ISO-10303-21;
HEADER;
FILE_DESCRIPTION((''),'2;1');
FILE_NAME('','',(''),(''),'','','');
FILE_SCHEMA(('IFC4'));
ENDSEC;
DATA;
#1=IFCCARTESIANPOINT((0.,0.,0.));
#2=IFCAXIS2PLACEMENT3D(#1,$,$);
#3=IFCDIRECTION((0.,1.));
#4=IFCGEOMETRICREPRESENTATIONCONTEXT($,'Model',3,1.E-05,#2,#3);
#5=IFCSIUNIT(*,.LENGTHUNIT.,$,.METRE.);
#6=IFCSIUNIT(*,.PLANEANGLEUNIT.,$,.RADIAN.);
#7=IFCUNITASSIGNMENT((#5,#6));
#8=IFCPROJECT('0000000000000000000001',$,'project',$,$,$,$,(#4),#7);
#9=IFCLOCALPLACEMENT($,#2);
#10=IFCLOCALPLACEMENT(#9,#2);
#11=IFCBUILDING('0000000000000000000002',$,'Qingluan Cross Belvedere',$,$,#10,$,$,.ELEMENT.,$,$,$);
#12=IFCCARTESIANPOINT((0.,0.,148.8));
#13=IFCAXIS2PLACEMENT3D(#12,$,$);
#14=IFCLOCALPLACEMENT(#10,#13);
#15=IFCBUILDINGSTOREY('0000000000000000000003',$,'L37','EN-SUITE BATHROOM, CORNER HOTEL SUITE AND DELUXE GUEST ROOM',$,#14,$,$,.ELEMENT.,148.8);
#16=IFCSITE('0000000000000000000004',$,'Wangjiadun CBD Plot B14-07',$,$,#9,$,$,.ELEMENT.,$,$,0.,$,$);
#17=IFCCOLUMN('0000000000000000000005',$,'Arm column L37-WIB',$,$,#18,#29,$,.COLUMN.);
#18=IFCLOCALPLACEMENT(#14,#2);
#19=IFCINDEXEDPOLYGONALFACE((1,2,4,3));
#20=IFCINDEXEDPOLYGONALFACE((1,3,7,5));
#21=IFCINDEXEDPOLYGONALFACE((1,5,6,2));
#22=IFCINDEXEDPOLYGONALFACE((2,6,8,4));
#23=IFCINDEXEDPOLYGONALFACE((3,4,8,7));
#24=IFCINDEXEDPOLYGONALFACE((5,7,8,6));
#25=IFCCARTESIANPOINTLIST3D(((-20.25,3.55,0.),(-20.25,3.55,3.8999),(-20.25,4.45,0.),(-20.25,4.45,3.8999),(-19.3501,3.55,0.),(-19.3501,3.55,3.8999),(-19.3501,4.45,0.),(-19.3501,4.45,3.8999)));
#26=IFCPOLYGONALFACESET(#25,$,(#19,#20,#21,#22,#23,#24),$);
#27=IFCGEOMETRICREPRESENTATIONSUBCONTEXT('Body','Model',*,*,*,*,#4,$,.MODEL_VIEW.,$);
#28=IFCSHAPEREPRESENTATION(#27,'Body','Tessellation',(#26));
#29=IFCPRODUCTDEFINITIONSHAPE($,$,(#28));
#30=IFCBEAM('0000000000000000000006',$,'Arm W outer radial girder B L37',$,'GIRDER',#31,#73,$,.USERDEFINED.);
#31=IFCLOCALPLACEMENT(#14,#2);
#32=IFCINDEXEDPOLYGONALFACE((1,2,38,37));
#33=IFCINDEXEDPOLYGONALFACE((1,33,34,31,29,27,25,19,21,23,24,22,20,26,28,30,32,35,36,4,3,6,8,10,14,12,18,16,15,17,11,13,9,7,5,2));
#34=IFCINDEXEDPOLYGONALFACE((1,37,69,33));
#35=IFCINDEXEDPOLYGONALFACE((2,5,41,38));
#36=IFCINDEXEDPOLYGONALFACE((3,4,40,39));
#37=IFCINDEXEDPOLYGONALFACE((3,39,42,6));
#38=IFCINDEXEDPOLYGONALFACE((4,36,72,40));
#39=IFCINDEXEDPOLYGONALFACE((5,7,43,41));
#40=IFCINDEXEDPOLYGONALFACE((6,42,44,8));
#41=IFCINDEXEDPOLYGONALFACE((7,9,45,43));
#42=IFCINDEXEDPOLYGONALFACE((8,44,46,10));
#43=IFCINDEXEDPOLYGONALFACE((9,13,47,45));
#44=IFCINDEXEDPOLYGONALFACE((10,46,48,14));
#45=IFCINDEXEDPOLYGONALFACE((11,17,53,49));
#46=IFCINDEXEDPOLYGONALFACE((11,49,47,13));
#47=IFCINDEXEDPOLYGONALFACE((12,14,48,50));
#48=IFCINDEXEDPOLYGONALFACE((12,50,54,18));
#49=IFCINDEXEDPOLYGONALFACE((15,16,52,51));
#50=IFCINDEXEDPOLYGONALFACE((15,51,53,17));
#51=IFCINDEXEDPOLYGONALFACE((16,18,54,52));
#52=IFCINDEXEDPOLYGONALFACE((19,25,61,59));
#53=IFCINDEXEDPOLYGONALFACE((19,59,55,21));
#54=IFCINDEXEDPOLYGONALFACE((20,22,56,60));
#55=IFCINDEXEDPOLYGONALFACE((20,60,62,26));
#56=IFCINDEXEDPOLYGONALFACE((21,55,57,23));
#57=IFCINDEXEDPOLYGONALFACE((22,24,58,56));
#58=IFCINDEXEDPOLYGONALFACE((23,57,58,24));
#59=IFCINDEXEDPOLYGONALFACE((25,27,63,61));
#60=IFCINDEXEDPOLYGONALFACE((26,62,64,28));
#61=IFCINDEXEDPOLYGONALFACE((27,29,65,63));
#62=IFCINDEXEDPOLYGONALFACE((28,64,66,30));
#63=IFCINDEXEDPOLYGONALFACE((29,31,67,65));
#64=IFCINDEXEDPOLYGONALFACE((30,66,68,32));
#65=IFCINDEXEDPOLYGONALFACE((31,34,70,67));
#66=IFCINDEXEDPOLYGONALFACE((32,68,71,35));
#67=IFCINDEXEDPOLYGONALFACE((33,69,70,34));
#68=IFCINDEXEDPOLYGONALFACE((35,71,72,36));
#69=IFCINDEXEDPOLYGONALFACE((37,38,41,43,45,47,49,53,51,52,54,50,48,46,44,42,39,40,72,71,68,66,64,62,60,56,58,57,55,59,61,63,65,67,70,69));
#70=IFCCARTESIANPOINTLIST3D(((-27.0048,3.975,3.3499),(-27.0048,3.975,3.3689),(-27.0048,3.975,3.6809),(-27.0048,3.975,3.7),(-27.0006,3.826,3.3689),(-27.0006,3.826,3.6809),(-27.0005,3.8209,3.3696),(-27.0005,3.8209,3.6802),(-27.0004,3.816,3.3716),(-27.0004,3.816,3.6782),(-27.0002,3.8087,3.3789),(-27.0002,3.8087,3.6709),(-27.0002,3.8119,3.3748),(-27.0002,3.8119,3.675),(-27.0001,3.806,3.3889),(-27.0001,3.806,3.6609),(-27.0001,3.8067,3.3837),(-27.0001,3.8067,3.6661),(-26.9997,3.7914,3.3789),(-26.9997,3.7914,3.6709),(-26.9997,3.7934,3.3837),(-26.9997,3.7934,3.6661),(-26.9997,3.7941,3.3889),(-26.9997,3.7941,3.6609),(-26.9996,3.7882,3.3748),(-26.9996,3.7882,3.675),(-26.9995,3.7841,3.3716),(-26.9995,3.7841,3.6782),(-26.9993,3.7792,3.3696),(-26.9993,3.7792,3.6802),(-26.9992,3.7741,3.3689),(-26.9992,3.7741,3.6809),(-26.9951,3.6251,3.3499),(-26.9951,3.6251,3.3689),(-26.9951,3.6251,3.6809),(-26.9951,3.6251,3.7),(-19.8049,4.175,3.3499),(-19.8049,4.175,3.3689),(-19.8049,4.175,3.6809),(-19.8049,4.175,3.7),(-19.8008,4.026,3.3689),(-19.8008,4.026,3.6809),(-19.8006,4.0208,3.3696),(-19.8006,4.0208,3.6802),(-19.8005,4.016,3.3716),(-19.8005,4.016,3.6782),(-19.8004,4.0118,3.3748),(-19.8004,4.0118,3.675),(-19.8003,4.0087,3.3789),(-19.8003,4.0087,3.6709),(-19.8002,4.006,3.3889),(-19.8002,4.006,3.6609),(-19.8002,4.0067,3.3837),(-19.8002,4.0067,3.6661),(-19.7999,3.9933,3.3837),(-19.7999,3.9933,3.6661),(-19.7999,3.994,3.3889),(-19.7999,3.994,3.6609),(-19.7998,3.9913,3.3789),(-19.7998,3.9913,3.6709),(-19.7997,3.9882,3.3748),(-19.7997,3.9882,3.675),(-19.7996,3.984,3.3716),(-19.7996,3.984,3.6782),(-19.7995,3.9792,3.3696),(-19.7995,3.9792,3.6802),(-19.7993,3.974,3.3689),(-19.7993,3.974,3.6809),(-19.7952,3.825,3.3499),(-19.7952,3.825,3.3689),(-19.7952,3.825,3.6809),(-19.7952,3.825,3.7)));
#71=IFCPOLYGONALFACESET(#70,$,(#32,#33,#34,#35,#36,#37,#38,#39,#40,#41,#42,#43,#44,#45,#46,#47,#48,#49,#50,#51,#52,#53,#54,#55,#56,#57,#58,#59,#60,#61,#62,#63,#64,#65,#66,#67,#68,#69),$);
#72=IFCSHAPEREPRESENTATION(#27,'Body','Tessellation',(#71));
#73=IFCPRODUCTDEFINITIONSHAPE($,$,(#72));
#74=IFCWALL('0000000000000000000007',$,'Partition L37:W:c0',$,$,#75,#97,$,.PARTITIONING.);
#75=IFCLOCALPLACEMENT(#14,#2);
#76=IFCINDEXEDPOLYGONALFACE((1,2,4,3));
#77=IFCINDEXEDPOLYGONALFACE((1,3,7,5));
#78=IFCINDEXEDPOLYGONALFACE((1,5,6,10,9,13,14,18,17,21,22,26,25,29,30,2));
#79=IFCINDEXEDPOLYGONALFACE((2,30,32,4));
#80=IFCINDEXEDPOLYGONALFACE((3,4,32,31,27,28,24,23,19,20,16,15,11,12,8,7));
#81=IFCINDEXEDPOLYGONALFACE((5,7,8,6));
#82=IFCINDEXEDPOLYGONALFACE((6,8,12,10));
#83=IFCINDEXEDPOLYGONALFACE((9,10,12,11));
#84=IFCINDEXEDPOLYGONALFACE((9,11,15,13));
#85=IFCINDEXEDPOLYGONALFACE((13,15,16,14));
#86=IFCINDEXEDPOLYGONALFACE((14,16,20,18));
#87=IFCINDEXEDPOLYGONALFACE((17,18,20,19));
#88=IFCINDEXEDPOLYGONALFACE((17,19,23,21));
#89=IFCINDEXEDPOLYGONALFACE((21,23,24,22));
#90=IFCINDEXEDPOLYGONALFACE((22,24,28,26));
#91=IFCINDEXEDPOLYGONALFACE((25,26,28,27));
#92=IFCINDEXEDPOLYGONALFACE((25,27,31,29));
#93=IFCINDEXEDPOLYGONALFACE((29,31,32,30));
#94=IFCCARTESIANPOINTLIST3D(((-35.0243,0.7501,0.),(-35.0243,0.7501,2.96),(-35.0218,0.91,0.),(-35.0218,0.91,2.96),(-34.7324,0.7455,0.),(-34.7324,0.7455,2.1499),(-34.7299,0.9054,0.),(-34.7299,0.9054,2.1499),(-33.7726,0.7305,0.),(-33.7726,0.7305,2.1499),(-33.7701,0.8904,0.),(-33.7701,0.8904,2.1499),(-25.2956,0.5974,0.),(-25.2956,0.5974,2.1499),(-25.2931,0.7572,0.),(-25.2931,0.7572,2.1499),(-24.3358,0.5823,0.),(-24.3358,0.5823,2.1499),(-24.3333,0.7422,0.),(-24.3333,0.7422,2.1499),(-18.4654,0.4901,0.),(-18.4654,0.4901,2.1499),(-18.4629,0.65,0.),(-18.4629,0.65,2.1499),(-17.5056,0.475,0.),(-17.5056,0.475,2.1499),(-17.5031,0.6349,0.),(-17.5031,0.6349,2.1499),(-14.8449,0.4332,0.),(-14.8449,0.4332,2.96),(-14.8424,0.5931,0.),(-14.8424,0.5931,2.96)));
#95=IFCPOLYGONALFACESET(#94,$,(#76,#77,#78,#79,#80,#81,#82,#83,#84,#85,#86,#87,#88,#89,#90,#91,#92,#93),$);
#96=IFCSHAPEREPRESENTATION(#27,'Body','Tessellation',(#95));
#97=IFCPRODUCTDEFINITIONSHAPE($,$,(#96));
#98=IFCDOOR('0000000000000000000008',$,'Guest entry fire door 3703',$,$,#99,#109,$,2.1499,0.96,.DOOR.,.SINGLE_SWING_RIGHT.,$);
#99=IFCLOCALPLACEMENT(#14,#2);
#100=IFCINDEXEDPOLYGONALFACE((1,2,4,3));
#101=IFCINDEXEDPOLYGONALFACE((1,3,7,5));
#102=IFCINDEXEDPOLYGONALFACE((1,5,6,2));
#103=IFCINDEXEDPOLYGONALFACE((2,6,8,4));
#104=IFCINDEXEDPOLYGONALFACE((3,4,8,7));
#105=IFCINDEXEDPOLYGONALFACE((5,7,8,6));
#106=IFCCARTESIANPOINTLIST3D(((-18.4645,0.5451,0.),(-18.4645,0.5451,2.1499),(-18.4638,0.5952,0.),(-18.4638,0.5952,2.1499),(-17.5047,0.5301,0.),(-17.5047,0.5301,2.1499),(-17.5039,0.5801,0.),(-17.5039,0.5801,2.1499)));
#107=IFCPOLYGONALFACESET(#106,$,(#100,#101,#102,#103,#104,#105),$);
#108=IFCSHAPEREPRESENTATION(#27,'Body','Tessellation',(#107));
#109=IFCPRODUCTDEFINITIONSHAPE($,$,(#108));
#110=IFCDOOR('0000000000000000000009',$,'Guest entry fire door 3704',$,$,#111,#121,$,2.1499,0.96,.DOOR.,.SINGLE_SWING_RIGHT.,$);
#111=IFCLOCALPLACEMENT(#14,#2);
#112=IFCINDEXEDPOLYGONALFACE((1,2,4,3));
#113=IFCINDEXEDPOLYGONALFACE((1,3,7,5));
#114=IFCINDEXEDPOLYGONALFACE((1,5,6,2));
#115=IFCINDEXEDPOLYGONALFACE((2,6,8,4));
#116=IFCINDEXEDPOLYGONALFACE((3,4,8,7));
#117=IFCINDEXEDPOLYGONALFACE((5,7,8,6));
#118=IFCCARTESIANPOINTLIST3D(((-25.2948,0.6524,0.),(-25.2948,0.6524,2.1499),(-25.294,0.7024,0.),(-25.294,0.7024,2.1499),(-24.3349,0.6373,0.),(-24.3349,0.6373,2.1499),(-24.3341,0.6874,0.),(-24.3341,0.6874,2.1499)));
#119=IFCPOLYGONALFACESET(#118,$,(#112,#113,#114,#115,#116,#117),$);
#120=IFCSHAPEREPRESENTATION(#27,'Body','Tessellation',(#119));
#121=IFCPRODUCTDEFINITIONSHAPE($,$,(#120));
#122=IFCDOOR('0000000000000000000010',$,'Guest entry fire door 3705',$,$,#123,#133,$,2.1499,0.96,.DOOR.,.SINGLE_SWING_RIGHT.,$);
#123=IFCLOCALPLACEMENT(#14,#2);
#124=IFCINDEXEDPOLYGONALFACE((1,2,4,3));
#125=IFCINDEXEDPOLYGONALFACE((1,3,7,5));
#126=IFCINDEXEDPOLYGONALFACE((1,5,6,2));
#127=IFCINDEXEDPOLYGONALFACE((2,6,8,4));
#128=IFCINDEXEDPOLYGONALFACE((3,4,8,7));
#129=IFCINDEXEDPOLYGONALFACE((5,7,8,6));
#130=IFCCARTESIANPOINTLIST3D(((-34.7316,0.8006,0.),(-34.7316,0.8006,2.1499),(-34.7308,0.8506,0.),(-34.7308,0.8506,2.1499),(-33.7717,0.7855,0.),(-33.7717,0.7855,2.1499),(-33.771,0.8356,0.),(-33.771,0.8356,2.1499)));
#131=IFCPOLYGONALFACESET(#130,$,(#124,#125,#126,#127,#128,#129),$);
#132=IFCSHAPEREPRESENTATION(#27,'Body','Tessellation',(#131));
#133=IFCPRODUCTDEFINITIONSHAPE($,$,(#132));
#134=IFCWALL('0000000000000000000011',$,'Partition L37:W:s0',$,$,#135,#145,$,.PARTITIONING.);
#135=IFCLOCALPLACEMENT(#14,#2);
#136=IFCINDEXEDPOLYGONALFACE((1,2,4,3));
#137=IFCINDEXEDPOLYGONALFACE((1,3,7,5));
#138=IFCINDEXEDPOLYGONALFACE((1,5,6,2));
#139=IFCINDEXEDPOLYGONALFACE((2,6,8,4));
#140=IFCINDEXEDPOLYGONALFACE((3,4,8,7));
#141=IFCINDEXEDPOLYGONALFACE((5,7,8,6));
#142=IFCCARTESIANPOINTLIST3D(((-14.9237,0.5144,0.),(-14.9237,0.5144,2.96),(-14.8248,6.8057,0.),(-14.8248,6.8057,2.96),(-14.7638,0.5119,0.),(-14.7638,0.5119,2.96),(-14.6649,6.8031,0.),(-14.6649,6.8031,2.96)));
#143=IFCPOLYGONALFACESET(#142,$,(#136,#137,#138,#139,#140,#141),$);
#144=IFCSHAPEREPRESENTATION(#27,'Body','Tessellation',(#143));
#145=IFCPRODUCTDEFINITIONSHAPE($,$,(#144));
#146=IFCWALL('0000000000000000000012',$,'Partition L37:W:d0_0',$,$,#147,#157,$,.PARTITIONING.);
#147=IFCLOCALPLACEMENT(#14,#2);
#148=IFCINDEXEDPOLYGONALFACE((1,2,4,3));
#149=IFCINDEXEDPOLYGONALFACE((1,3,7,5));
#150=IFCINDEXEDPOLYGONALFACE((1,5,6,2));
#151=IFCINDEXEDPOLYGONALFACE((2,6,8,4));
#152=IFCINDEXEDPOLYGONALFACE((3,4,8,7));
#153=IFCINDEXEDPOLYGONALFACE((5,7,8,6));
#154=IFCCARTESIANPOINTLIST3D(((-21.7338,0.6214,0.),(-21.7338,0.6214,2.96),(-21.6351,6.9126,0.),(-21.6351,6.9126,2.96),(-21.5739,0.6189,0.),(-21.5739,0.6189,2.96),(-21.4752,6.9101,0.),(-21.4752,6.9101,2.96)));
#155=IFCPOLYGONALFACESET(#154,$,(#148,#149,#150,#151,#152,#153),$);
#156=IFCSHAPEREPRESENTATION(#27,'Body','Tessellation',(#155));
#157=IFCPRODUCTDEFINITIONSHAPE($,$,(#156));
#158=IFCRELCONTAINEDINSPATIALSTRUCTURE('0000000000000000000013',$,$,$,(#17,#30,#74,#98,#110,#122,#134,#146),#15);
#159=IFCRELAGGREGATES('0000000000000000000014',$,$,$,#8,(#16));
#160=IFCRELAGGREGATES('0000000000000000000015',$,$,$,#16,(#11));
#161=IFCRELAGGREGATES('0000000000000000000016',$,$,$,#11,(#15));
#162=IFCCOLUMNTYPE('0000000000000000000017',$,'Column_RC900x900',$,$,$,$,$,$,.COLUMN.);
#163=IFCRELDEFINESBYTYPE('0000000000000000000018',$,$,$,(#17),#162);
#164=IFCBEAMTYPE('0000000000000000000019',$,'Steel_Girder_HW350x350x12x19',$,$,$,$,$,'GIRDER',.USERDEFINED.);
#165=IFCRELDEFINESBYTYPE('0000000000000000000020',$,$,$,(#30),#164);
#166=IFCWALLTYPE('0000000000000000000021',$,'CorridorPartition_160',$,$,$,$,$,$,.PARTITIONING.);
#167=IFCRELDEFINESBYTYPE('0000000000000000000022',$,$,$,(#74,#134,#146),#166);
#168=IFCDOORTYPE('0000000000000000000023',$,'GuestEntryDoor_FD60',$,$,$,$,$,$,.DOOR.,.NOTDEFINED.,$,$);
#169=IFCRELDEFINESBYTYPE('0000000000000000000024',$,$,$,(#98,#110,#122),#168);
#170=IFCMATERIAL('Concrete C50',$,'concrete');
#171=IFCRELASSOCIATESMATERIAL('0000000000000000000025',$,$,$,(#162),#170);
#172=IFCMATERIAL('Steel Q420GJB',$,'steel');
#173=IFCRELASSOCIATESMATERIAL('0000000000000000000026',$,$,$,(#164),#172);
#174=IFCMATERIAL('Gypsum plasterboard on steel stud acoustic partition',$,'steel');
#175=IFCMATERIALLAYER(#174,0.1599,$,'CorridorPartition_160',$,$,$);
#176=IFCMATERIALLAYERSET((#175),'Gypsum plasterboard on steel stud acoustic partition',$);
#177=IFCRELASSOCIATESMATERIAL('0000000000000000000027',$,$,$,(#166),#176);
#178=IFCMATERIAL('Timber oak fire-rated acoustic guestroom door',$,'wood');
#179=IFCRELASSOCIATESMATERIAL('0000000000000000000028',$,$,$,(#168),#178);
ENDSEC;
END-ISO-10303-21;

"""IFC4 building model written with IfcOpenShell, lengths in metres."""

from ifc_helpers import new_model, si_unit, direction, frame, frame_2d, origin, origin_2d, place, context, subcontext, project, spatial, rectangle, i_section, extrude, material, layer, layer_set, material_profile, profile_set, type_object, element, fill, save


model = new_model("IFC4")

# Units and contexts
model_context = context("Model", 3, precision=1e-05, world=origin(), true_north=direction((0.0, 1.0)))
body_context = subcontext(model_context, "Body", "Model", "MODEL_VIEW")
ifc_project = project(units=[si_unit("LENGTHUNIT", "METRE"), si_unit("PLANEANGLEUNIT", "RADIAN")], contexts=[model_context])

# Site, building, storey
site_placement = place(None, origin())
site = spatial("IfcSite", under=ifc_project, at=site_placement, Name="Wangjiadun CBD Plot B14-07", CompositionType="ELEMENT", RefElevation=0.0)
building_placement = place(site_placement, origin())
building = spatial("IfcBuilding", under=site, at=building_placement, Name="Qingluan Cross Belvedere", CompositionType="ELEMENT")
storey_placement = place(building_placement, frame((0.0, 0.0, 148.8)))
storey = spatial("IfcBuildingStorey", under=building, at=storey_placement, Name="L37", Description="EN-SUITE BATHROOM, CORNER HOTEL SUITE AND DELUXE GUEST ROOM", CompositionType="ELEMENT", Elevation=148.8)

# Column
ifc_material_1 = material(Name="Concrete C50", Category="concrete")
ifc_material_profile_1 = material_profile(ifc_material_1, rectangle(XDim=0.8999, YDim=0.8999, at=origin_2d()), Name="RC900x900")
ifc_profile_set_1 = profile_set([ifc_material_profile_1], Name="Concrete C50")
column_type = type_object("IfcColumnType", Name="Column_RC900x900", PredefinedType="COLUMN", material=ifc_profile_set_1)
column_placement = place(storey_placement, frame((-19.8, 4.0, 0.0), z_axis=(0.0, 0.0, 1.0), x_axis=(1.0, 0.0, 0.0)))
element("IfcColumn", 1, at=column_placement, inside=storey, type_object=column_type, Name="Arm column L37-WIB", PredefinedType="COLUMN", context=body_context, shape_type="SweptSolid", body=[
    extrude(rectangle(XDim=0.8999, YDim=0.8999, at=origin_2d()), origin(), (0.0, 0.0, 1.0), 3.8999),
])

# Beam
ifc_material_2 = material(Name="Steel Q420GJB", Category="steel")
ifc_material_profile_2 = material_profile(ifc_material_2, i_section(OverallWidth=0.3501, OverallDepth=0.3501, WebThickness=0.012, FlangeThickness=0.019, FilletRadius=0.02, at=origin_2d()), Name="HW350x350x12x19")
ifc_profile_set_2 = profile_set([ifc_material_profile_2], Name="Steel Q420GJB")
beam_type = type_object("IfcBeamType", Name="Steel_Girder_HW350x350x12x19", ElementType="GIRDER", PredefinedType="USERDEFINED", material=ifc_profile_set_2)
beam_placement = place(storey_placement, frame((-19.8, 4.0, 3.5249), z_axis=(-0.999615, -0.02776, 0.0), x_axis=(0.02776, -0.999615, 0.0)))
element("IfcBeam", 2, at=beam_placement, inside=storey, type_object=beam_type, Name="Arm W outer radial girder B L37", ObjectType="GIRDER", PredefinedType="USERDEFINED", context=body_context, shape_type="SweptSolid", body=[
    extrude(i_section(OverallWidth=0.3501, OverallDepth=0.3501, WebThickness=0.012, FlangeThickness=0.019, FilletRadius=0.02, at=origin_2d()), origin(), (0.0, 0.0, 1.0), 7.2026),
])

# Wall, openings, doors
ifc_material_3 = material(Name="Gypsum plasterboard on steel stud acoustic partition", Category="steel")
ifc_layer_1 = layer(ifc_material_3, 0.1599, Name="CorridorPartition_160")
ifc_layer_set_1 = layer_set([ifc_layer_1], Name="Gypsum plasterboard on steel stud acoustic partition")
wall_type_1 = type_object("IfcWallType", Name="CorridorPartition_160", PredefinedType="PARTITIONING", material=ifc_layer_set_1)
wall_1_placement = place(storey_placement, frame((-14.8438, 0.5132, 0.0), z_axis=(0.0, 0.0, 1.0), x_axis=(-0.999877, 0.015702, 0.0)))
wall_1 = element("IfcWall", 3, at=wall_1_placement, inside=storey, type_object=wall_type_1, Name="Partition L37:W:c0", PredefinedType="PARTITIONING", context=body_context, shape_type="SweptSolid", body=[
    extrude(rectangle(XDim=20.1819, YDim=0.1599, at=frame_2d((10.0908, 0.0))), origin(), (0.0, 0.0, 1.0), 2.96),
])
opening_1_placement = place(wall_1_placement, frame((2.6609, 0.0, 0.0)))
opening_1 = element("IfcOpeningElement", 4, at=opening_1_placement, cuts=wall_1, PredefinedType="OPENING", context=body_context, shape_type="SweptSolid", body=[
    extrude(rectangle(XDim=0.96, YDim=2.1499, at=frame_2d((0.48, 1.075))), frame((0.0, 0.0898, 0.0), z_axis=(0.0, -1.0, 0.0), x_axis=(1.0, 0.0, 0.0)), (0.0, 0.0, 1.0), 0.1799),
])
opening_2_placement = place(wall_1_placement, frame((9.4919, 0.0, 0.0)))
opening_2 = element("IfcOpeningElement", 5, at=opening_2_placement, cuts=wall_1, PredefinedType="OPENING", context=body_context, shape_type="SweptSolid", body=[
    extrude(rectangle(XDim=0.96, YDim=2.1499, at=frame_2d((0.48, 1.075))), frame((0.0, 0.0898, 0.0), z_axis=(0.0, -1.0, 0.0), x_axis=(1.0, 0.0, 0.0)), (0.0, 0.0, 1.0), 0.1799),
])
opening_3_placement = place(wall_1_placement, frame((18.9299, 0.0, 0.0)))
opening_3 = element("IfcOpeningElement", 6, at=opening_3_placement, cuts=wall_1, PredefinedType="OPENING", context=body_context, shape_type="SweptSolid", body=[
    extrude(rectangle(XDim=0.96, YDim=2.1499, at=frame_2d((0.48, 1.075))), frame((0.0, 0.0898, 0.0), z_axis=(0.0, -1.0, 0.0), x_axis=(1.0, 0.0, 0.0)), (0.0, 0.0, 1.0), 0.1799),
])
ifc_material_4 = material(Name="Timber oak fire-rated acoustic guestroom door", Category="wood")
door_type_1 = type_object("IfcDoorType", Name="GuestEntryDoor_FD60", OperationType="NOTDEFINED", PredefinedType="DOOR", material=ifc_material_4)
door_1_placement = place(opening_1_placement, origin())
door_1 = element("IfcDoor", 7, at=door_1_placement, inside=storey, type_object=door_type_1, Name="Guest entry fire door 3703", OperationType="SINGLE_SWING_RIGHT", OverallHeight=2.1499, OverallWidth=0.96, PredefinedType="DOOR", context=body_context, shape_type="SweptSolid", body=[
    extrude(rectangle(XDim=0.96, YDim=2.1499, at=frame_2d((0.48, 1.075))), frame((0.0, 0.0249, 0.0), z_axis=(0.0, -1.0, 0.0), x_axis=(1.0, 0.0, 0.0)), (0.0, 0.0, 1.0), 0.05),
])
fill(opening_1, door_1)
door_2_placement = place(opening_2_placement, origin())
door_2 = element("IfcDoor", 8, at=door_2_placement, inside=storey, type_object=door_type_1, Name="Guest entry fire door 3704", OperationType="SINGLE_SWING_RIGHT", OverallHeight=2.1499, OverallWidth=0.96, PredefinedType="DOOR", context=body_context, shape_type="SweptSolid", body=[
    extrude(rectangle(XDim=0.96, YDim=2.1499, at=frame_2d((0.48, 1.075))), frame((0.0, 0.0249, 0.0), z_axis=(0.0, -1.0, 0.0), x_axis=(1.0, 0.0, 0.0)), (0.0, 0.0, 1.0), 0.05),
])
fill(opening_2, door_2)
door_3_placement = place(opening_3_placement, origin())
door_3 = element("IfcDoor", 9, at=door_3_placement, inside=storey, type_object=door_type_1, Name="Guest entry fire door 3705", OperationType="SINGLE_SWING_RIGHT", OverallHeight=2.1499, OverallWidth=0.96, PredefinedType="DOOR", context=body_context, shape_type="SweptSolid", body=[
    extrude(rectangle(XDim=0.96, YDim=2.1499, at=frame_2d((0.48, 1.075))), frame((0.0, 0.0249, 0.0), z_axis=(0.0, -1.0, 0.0), x_axis=(1.0, 0.0, 0.0)), (0.0, 0.0, 1.0), 0.05),
])
fill(opening_3, door_3)

# Walls
for number, where, z_axis, x_axis, name in (
    (10, (-14.8438, 0.5132, 0.0), (0.0, 0.0, 1.0), (0.015715, 0.999877, 0.0), "Partition L37:W:s0"),
    (11, (-21.6538, 0.6201, 0.0), (0.0, 0.0, 1.0), (0.015676, 0.999877, 0.0), "Partition L37:W:d0_0"),
):
    element("IfcWall", number, at=place(storey_placement, frame(where, z_axis=z_axis, x_axis=x_axis)), inside=storey, type_object=wall_type_1, Name=name, PredefinedType="PARTITIONING", context=body_context, shape_type="SweptSolid", body=[
        extrude(rectangle(XDim=6.292, YDim=0.1599, at=frame_2d((3.146, 0.0))), origin(), (0.0, 0.0, 1.0), 2.96),
    ])

save(model, "model.ifc")
